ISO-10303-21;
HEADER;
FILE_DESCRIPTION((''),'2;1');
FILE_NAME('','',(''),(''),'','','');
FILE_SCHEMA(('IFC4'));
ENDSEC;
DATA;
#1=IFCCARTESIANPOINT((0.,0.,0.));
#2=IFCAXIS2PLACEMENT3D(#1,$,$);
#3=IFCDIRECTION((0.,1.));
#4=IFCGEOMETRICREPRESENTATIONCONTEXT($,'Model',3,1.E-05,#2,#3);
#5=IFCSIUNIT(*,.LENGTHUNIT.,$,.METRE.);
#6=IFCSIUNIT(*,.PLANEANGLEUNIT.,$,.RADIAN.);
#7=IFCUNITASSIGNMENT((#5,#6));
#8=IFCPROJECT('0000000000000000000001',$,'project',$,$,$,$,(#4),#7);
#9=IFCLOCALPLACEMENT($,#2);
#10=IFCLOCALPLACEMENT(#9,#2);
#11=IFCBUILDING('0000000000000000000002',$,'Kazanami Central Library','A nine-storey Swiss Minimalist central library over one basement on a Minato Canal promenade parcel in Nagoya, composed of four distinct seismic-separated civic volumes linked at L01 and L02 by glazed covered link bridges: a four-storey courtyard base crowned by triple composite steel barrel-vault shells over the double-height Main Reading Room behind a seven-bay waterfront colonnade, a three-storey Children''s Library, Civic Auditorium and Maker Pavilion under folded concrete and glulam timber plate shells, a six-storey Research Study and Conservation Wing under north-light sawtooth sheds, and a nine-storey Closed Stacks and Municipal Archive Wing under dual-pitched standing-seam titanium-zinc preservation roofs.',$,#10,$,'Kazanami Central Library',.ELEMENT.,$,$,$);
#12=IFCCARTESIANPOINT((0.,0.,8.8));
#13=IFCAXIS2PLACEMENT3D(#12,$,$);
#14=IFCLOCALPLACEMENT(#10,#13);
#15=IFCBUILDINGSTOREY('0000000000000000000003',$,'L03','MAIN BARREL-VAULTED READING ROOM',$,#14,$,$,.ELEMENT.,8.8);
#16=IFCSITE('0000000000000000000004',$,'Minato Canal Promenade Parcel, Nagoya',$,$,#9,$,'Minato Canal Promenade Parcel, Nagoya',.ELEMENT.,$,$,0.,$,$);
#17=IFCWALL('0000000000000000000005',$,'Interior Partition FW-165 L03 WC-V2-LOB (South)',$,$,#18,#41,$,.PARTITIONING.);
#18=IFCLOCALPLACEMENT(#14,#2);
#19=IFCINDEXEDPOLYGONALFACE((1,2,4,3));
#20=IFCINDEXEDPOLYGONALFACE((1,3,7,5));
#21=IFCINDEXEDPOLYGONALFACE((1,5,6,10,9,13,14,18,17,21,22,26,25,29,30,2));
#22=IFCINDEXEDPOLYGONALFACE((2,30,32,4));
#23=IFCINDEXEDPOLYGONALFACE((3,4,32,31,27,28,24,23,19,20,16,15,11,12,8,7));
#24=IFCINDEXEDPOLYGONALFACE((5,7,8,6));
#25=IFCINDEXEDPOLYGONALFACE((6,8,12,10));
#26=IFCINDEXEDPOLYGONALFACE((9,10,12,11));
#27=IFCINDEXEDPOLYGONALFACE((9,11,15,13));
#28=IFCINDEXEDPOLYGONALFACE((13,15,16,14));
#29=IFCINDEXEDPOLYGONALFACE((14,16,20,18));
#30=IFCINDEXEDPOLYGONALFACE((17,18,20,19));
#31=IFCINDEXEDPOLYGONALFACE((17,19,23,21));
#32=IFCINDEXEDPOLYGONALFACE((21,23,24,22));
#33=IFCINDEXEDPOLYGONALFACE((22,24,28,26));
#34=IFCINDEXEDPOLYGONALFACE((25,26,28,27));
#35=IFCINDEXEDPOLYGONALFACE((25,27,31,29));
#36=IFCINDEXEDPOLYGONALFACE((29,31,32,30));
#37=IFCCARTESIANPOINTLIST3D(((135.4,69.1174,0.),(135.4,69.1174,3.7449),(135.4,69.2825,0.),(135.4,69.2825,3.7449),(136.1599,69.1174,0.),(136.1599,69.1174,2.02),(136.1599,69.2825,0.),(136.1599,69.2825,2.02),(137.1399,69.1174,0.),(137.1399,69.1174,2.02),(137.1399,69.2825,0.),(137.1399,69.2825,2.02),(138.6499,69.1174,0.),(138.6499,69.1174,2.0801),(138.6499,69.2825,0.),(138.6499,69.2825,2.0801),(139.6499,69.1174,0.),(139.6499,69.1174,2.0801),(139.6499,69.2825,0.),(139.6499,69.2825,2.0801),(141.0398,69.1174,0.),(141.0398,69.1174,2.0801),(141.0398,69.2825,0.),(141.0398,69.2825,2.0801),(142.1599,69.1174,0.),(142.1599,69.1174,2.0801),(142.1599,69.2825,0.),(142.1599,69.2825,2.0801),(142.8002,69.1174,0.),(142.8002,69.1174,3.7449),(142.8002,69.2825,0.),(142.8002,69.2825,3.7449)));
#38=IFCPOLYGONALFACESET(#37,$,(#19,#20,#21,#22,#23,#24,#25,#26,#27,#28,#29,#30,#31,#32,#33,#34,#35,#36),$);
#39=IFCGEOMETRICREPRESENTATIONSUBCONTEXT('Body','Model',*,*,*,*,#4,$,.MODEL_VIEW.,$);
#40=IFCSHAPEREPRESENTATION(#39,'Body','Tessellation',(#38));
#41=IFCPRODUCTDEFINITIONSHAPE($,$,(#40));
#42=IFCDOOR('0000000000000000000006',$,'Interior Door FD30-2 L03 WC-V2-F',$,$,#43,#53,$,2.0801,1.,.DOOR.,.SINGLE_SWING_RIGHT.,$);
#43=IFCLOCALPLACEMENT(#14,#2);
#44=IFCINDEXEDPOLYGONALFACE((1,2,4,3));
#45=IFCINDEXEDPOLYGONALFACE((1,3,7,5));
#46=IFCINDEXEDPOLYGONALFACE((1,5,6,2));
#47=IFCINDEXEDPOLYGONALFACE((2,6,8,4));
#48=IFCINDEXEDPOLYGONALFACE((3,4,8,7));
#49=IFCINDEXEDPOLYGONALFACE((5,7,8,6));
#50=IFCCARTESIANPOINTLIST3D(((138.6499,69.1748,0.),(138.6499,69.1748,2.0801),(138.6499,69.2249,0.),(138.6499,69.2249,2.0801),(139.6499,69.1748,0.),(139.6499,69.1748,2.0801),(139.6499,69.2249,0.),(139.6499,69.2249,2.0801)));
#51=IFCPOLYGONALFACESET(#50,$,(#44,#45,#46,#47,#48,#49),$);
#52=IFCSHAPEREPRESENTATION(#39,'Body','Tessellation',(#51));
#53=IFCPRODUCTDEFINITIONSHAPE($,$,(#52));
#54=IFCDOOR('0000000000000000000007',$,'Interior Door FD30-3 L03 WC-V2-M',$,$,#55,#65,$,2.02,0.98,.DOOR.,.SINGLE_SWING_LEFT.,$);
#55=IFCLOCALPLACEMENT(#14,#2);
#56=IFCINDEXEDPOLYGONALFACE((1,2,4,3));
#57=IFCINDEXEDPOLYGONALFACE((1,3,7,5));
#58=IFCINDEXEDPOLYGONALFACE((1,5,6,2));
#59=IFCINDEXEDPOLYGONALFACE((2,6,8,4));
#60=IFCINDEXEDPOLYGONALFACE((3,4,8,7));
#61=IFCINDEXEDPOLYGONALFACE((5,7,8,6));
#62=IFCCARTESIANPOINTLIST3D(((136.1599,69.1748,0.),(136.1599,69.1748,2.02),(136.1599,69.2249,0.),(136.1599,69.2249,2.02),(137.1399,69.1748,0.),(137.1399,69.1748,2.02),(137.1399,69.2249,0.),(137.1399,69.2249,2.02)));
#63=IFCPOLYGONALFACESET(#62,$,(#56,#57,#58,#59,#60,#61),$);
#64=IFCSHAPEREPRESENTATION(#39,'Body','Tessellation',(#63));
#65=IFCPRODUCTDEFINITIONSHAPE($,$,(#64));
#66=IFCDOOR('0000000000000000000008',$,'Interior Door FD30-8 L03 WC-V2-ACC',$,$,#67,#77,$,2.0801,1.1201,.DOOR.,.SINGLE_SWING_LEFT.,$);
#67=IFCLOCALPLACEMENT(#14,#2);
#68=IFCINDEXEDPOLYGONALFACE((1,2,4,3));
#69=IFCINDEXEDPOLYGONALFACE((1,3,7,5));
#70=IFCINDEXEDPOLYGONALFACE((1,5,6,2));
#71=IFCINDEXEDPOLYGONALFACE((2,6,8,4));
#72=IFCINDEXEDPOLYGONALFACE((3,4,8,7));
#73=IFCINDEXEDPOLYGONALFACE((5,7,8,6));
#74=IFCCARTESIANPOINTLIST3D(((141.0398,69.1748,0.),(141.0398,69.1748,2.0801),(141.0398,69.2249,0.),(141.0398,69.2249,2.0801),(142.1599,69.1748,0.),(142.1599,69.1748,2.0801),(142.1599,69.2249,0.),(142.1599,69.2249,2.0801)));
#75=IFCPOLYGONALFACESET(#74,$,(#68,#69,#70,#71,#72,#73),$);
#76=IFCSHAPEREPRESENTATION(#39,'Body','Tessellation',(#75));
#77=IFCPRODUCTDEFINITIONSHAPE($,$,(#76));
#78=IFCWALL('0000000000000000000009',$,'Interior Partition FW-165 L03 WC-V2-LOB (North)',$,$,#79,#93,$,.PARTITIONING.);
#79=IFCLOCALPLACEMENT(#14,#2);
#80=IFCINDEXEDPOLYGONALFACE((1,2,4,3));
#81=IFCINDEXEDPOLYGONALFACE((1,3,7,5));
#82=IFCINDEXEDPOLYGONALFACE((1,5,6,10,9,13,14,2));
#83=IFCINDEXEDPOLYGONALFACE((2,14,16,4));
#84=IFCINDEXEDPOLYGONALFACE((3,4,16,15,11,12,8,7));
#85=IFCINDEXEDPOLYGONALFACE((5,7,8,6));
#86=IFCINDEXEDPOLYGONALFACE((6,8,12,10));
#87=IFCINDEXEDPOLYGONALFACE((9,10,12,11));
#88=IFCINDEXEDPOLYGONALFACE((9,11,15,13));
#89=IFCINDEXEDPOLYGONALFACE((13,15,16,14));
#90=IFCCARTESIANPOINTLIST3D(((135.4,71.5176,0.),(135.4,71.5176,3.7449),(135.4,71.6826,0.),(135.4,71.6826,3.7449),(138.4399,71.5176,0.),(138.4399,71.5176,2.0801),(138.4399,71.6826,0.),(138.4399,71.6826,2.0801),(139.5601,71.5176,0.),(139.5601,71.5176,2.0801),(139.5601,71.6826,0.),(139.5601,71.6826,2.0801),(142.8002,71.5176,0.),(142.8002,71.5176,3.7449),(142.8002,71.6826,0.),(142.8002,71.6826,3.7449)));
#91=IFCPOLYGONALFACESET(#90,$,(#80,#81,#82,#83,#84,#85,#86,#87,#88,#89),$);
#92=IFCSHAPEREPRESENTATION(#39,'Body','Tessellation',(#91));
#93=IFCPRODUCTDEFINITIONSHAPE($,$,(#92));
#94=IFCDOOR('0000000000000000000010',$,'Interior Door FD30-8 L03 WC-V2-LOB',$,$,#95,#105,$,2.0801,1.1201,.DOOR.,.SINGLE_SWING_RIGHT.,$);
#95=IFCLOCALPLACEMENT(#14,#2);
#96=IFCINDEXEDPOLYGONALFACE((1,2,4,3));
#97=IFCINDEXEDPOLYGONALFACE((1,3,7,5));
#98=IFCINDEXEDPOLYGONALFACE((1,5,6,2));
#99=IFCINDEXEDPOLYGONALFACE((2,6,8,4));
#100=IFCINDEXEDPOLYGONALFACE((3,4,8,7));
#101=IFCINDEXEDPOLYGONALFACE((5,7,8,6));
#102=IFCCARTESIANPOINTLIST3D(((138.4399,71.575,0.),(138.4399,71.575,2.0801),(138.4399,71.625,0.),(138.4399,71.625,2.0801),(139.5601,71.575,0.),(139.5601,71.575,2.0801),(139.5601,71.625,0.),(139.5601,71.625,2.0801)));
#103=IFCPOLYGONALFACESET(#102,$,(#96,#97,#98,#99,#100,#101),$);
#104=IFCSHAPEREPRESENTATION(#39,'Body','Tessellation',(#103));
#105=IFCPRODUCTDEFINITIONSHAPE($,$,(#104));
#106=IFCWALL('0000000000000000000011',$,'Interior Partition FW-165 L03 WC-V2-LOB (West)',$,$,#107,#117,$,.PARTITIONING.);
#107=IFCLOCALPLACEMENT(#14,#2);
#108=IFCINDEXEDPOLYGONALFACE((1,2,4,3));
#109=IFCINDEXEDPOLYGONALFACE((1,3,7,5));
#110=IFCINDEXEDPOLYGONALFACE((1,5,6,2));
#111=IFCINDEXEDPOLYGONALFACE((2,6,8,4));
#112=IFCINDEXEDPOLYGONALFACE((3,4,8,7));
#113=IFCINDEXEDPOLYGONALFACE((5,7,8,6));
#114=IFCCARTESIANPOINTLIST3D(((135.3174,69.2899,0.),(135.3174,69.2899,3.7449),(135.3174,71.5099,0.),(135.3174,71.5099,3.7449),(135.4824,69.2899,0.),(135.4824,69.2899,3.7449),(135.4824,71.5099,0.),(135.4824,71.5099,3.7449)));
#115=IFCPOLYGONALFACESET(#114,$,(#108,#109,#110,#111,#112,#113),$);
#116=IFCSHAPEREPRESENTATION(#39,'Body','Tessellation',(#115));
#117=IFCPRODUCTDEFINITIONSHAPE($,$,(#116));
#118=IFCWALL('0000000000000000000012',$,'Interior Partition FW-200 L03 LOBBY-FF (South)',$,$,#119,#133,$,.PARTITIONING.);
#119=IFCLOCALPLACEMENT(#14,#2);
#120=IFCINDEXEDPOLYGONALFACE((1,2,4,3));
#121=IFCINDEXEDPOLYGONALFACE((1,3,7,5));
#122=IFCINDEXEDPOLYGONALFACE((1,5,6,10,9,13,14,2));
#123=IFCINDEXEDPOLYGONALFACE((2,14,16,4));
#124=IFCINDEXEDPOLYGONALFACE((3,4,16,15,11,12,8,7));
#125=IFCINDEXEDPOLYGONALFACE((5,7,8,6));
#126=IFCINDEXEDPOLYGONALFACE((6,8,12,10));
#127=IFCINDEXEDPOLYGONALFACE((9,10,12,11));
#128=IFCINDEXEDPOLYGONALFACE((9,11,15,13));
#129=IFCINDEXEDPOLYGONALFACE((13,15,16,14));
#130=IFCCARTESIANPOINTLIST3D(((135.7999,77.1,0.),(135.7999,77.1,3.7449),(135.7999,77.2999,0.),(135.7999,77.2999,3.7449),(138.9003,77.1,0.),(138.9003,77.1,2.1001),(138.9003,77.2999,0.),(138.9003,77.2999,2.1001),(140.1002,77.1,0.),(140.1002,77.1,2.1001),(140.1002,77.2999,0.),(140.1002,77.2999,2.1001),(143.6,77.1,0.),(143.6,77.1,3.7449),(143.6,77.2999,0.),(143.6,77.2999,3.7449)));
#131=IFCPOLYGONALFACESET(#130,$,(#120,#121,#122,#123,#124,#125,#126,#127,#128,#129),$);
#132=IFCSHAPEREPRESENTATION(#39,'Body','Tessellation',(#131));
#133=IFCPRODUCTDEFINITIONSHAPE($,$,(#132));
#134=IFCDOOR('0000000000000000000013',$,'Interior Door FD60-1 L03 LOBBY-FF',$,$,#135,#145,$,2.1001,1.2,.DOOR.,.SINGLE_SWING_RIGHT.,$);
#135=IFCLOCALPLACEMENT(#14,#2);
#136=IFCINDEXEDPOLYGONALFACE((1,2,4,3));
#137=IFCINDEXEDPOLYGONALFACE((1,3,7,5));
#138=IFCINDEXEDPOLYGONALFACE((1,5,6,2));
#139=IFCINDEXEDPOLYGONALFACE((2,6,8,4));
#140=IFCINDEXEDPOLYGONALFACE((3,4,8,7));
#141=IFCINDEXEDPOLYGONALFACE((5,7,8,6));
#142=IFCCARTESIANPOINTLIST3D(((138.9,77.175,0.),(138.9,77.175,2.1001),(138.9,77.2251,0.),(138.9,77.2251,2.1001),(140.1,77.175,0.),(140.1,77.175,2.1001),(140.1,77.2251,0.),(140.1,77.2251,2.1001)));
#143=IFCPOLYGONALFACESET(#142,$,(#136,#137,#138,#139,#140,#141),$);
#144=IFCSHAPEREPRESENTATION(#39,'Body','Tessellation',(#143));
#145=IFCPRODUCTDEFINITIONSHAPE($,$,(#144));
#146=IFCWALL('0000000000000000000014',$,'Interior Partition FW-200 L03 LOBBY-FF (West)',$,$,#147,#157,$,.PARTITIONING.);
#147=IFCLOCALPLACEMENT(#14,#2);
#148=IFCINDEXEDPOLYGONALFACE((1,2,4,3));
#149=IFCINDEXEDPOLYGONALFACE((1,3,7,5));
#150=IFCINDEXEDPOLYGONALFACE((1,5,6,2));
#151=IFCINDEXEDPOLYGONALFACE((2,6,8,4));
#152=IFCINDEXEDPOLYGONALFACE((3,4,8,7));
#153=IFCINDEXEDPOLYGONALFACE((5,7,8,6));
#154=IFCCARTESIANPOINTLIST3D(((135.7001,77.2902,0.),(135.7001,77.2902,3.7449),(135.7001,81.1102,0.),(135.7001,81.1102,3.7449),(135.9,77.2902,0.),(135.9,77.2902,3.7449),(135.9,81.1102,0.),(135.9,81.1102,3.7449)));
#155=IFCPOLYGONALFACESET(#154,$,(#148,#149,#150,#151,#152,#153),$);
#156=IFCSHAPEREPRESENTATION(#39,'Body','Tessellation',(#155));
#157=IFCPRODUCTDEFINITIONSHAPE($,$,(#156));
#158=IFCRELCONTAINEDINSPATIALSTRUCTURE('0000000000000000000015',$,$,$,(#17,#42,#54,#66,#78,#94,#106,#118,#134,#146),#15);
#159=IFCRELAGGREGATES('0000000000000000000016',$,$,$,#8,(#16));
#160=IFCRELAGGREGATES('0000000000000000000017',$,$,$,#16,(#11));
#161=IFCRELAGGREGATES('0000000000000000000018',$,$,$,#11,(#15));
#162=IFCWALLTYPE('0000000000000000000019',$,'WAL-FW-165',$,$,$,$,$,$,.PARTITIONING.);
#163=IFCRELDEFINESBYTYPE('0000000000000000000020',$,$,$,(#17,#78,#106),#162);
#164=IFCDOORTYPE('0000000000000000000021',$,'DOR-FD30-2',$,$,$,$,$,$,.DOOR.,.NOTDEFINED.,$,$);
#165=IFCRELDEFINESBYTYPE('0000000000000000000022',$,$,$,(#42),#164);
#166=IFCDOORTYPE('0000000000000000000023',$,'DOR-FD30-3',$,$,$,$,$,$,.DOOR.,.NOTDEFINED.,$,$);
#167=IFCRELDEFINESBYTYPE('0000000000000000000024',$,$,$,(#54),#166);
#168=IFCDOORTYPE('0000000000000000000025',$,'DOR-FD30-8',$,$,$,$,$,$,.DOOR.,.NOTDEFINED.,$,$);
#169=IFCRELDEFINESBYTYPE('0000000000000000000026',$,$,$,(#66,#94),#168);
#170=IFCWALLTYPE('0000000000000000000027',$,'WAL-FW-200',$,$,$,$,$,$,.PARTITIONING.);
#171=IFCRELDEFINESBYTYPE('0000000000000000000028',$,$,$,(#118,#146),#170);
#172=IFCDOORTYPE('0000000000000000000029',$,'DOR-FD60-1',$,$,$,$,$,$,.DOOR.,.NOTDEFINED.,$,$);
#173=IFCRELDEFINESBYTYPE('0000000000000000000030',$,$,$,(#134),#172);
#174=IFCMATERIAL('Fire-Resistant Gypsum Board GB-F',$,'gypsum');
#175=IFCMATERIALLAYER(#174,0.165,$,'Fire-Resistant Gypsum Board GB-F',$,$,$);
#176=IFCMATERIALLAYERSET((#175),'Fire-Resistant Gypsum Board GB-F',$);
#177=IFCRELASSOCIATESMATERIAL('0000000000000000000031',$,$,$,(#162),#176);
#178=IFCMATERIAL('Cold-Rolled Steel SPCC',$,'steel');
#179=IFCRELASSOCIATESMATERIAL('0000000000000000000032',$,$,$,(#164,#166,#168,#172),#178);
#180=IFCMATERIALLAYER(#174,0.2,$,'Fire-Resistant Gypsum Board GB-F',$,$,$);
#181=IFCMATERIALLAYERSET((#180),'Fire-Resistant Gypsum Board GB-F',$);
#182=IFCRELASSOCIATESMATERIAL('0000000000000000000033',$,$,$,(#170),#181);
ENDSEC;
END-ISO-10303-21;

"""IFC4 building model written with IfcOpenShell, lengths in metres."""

from ifc_helpers import new_model, si_unit, direction, frame, frame_2d, origin, place, context, subcontext, project, spatial, rectangle, extrude, material, layer, layer_set, type_object, element, fill, save


model = new_model("IFC4")

# Units and contexts
model_context = context("Model", 3, precision=1e-05, world=origin(), true_north=direction((0.0, 1.0)))
body_context = subcontext(model_context, "Body", "Model", "MODEL_VIEW")
ifc_project = project(units=[si_unit("LENGTHUNIT", "METRE"), si_unit("PLANEANGLEUNIT", "RADIAN")], contexts=[model_context])

# Site, building, storey
site_placement = place(None, origin())
site = spatial("IfcSite", under=ifc_project, at=site_placement, Name="Minato Canal Promenade Parcel, Nagoya", LongName="Minato Canal Promenade Parcel, Nagoya", CompositionType="ELEMENT", RefElevation=0.0)
building_placement = place(site_placement, origin())
building = spatial("IfcBuilding", under=site, at=building_placement, Name="Kazanami Central Library", Description="A nine-storey Swiss Minimalist central library over one basement on a Minato Canal promenade parcel in Nagoya, composed of four distinct seismic-separated civic volumes linked at L01 and L02 by glazed covered link bridges: a four-storey courtyard base crowned by triple composite steel barrel-vault shells over the double-height Main Reading Room behind a seven-bay waterfront colonnade, a three-storey Children's Library, Civic Auditorium and Maker Pavilion under folded concrete and glulam timber plate shells, a six-storey Research Study and Conservation Wing under north-light sawtooth sheds, and a nine-storey Closed Stacks and Municipal Archive Wing under dual-pitched standing-seam titanium-zinc preservation roofs.", LongName="Kazanami Central Library", CompositionType="ELEMENT")
storey_placement = place(building_placement, frame((0.0, 0.0, 8.8)))
storey = spatial("IfcBuildingStorey", under=building, at=storey_placement, Name="L03", Description="MAIN BARREL-VAULTED READING ROOM", CompositionType="ELEMENT", Elevation=8.8)

# Wall, openings, doors
ifc_material_1 = material(Name="Fire-Resistant Gypsum Board GB-F", Category="gypsum")
ifc_layer_1 = layer(ifc_material_1, 0.165, Name="Fire-Resistant Gypsum Board GB-F")
ifc_layer_set_1 = layer_set([ifc_layer_1], Name="Fire-Resistant Gypsum Board GB-F")
wall_type_1 = type_object("IfcWallType", Name="WAL-FW-165", PredefinedType="PARTITIONING", material=ifc_layer_set_1)
wall_1_placement = place(storey_placement, frame((135.3999, 69.2, 0.0), z_axis=(0.0, 0.0, 1.0), x_axis=(1.0, 0.0, 0.0)))
wall_1 = element("IfcWall", 1, at=wall_1_placement, inside=storey, type_object=wall_type_1, Name="Interior Partition FW-165 L03 WC-V2-LOB (South)", PredefinedType="PARTITIONING", context=body_context, shape_type="SweptSolid", body=[
    extrude(rectangle(XDim=7.4001, YDim=0.165, at=frame_2d((3.7002, 0.0))), origin(), (0.0, 0.0, 1.0), 3.7449),
])
opening_1_placement = place(wall_1_placement, frame((0.76, 0.0, 0.0)))
opening_1 = element("IfcOpeningElement", 2, at=opening_1_placement, cuts=wall_1, PredefinedType="OPENING", context=body_context, shape_type="SweptSolid", body=[
    extrude(rectangle(XDim=0.98, YDim=2.02, at=frame_2d((0.49, 1.01))), frame((0.0, 0.0945, 0.0), z_axis=(0.0, -1.0, 0.0), x_axis=(1.0, 0.0, 0.0)), (0.0, 0.0, 1.0), 0.189),
])
opening_2_placement = place(wall_1_placement, frame((3.25, 0.0, 0.0)))
opening_2 = element("IfcOpeningElement", 3, at=opening_2_placement, cuts=wall_1, PredefinedType="OPENING", context=body_context, shape_type="SweptSolid", body=[
    extrude(rectangle(XDim=1.0, YDim=2.0801, at=frame_2d((0.5, 1.04))), frame((0.0, 0.0945, 0.0), z_axis=(0.0, -1.0, 0.0), x_axis=(1.0, 0.0, 0.0)), (0.0, 0.0, 1.0), 0.189),
])
opening_3_placement = place(wall_1_placement, frame((5.6399, 0.0, 0.0)))
opening_3 = element("IfcOpeningElement", 4, at=opening_3_placement, cuts=wall_1, PredefinedType="OPENING", context=body_context, shape_type="SweptSolid", body=[
    extrude(rectangle(XDim=1.1201, YDim=2.0801, at=frame_2d((0.5601, 1.04))), frame((0.0, 0.0945, 0.0), z_axis=(0.0, -1.0, 0.0), x_axis=(1.0, 0.0, 0.0)), (0.0, 0.0, 1.0), 0.189),
])
ifc_material_2 = material(Name="Cold-Rolled Steel SPCC", Category="steel")
door_type_1 = type_object("IfcDoorType", Name="DOR-FD30-2", OperationType="NOTDEFINED", PredefinedType="DOOR", material=ifc_material_2)
door_1_placement = place(opening_2_placement, origin())
door_1 = element("IfcDoor", 5, at=door_1_placement, inside=storey, type_object=door_type_1, Name="Interior Door FD30-2 L03 WC-V2-F", OperationType="SINGLE_SWING_RIGHT", OverallHeight=2.0801, OverallWidth=1.0, PredefinedType="DOOR", context=body_context, shape_type="SweptSolid", body=[
    extrude(rectangle(XDim=1.0, YDim=2.0801, at=frame_2d((0.5, 1.04))), frame((0.0, 0.0249, 0.0), z_axis=(0.0, -1.0, 0.0), x_axis=(1.0, 0.0, 0.0)), (0.0, 0.0, 1.0), 0.05),
])
fill(opening_2, door_1)
door_type_2 = type_object("IfcDoorType", Name="DOR-FD30-3", OperationType="NOTDEFINED", PredefinedType="DOOR", material=ifc_material_2)
door_2_placement = place(opening_1_placement, origin())
door_2 = element("IfcDoor", 6, at=door_2_placement, inside=storey, type_object=door_type_2, Name="Interior Door FD30-3 L03 WC-V2-M", OperationType="SINGLE_SWING_LEFT", OverallHeight=2.02, OverallWidth=0.98, PredefinedType="DOOR", context=body_context, shape_type="SweptSolid", body=[
    extrude(rectangle(XDim=0.98, YDim=2.02, at=frame_2d((0.49, 1.01))), frame((0.0, 0.0249, 0.0), z_axis=(0.0, -1.0, 0.0), x_axis=(1.0, 0.0, 0.0)), (0.0, 0.0, 1.0), 0.05),
])
fill(opening_1, door_2)
door_type_3 = type_object("IfcDoorType", Name="DOR-FD30-8", OperationType="NOTDEFINED", PredefinedType="DOOR", material=ifc_material_2)
door_3_placement = place(opening_3_placement, origin())
door_3 = element("IfcDoor", 7, at=door_3_placement, inside=storey, type_object=door_type_3, Name="Interior Door FD30-8 L03 WC-V2-ACC", OperationType="SINGLE_SWING_LEFT", OverallHeight=2.0801, OverallWidth=1.1201, PredefinedType="DOOR", context=body_context, shape_type="SweptSolid", body=[
    extrude(rectangle(XDim=1.1201, YDim=2.0801, at=frame_2d((0.5601, 1.04))), frame((0.0, 0.0249, 0.0), z_axis=(0.0, -1.0, 0.0), x_axis=(1.0, 0.0, 0.0)), (0.0, 0.0, 1.0), 0.05),
])
fill(opening_3, door_3)

# Wall, opening, door
wall_2_placement = place(storey_placement, frame((135.3999, 71.6001, 0.0), z_axis=(0.0, 0.0, 1.0), x_axis=(1.0, 0.0, 0.0)))
wall_2 = element("IfcWall", 8, at=wall_2_placement, inside=storey, type_object=wall_type_1, Name="Interior Partition FW-165 L03 WC-V2-LOB (North)", PredefinedType="PARTITIONING", context=body_context, shape_type="SweptSolid", body=[
    extrude(rectangle(XDim=7.4001, YDim=0.165, at=frame_2d((3.7002, 0.0))), origin(), (0.0, 0.0, 1.0), 3.7449),
])
opening_4_placement = place(wall_2_placement, frame((3.04, 0.0, 0.0)))
opening_4 = element("IfcOpeningElement", 9, at=opening_4_placement, cuts=wall_2, PredefinedType="OPENING", context=body_context, shape_type="SweptSolid", body=[
    extrude(rectangle(XDim=1.1201, YDim=2.0801, at=frame_2d((0.5601, 1.04))), frame((0.0, 0.0945, 0.0), z_axis=(0.0, -1.0, 0.0), x_axis=(1.0, 0.0, 0.0)), (0.0, 0.0, 1.0), 0.189),
])
door_4_placement = place(opening_4_placement, origin())
door_4 = element("IfcDoor", 10, at=door_4_placement, inside=storey, type_object=door_type_3, Name="Interior Door FD30-8 L03 WC-V2-LOB", OperationType="SINGLE_SWING_RIGHT", OverallHeight=2.0801, OverallWidth=1.1201, PredefinedType="DOOR", context=body_context, shape_type="SweptSolid", body=[
    extrude(rectangle(XDim=1.1201, YDim=2.0801, at=frame_2d((0.5601, 1.04))), frame((0.0, 0.0249, 0.0), z_axis=(0.0, -1.0, 0.0), x_axis=(1.0, 0.0, 0.0)), (0.0, 0.0, 1.0), 0.05),
])
fill(opening_4, door_4)

# Wall
wall_3_placement = place(storey_placement, frame((135.3999, 69.29, 0.0), z_axis=(0.0, 0.0, 1.0), x_axis=(0.0, 1.0, 0.0)))
element("IfcWall", 11, at=wall_3_placement, inside=storey, type_object=wall_type_1, Name="Interior Partition FW-165 L03 WC-V2-LOB (West)", PredefinedType="PARTITIONING", context=body_context, shape_type="SweptSolid", body=[
    extrude(rectangle(XDim=2.22, YDim=0.165, at=frame_2d((1.1099, 0.0))), origin(), (0.0, 0.0, 1.0), 3.7449),
])

# Wall, opening, door
ifc_layer_2 = layer(ifc_material_1, 0.2, Name="Fire-Resistant Gypsum Board GB-F")
ifc_layer_set_2 = layer_set([ifc_layer_2], Name="Fire-Resistant Gypsum Board GB-F")
wall_type_2 = type_object("IfcWallType", Name="WAL-FW-200", PredefinedType="PARTITIONING", material=ifc_layer_set_2)
wall_4_placement = place(storey_placement, frame((135.8, 77.2, 0.0), z_axis=(0.0, 0.0, 1.0), x_axis=(1.0, 0.0, 0.0)))
wall_4 = element("IfcWall", 12, at=wall_4_placement, inside=storey, type_object=wall_type_2, Name="Interior Partition FW-200 L03 LOBBY-FF (South)", PredefinedType="PARTITIONING", context=body_context, shape_type="SweptSolid", body=[
    extrude(rectangle(XDim=7.8, YDim=0.2, at=frame_2d((3.8999, 0.0))), origin(), (0.0, 0.0, 1.0), 3.7449),
])
opening_5_placement = place(wall_4_placement, frame((3.1001, 0.0, 0.0)))
opening_5 = element("IfcOpeningElement", 13, at=opening_5_placement, cuts=wall_4, PredefinedType="OPENING", context=body_context, shape_type="SweptSolid", body=[
    extrude(rectangle(XDim=1.2, YDim=2.1001, at=frame_2d((0.6001, 1.05))), frame((0.0, 0.1118, 0.0), z_axis=(0.0, -1.0, 0.0), x_axis=(1.0, 0.0, 0.0)), (0.0, 0.0, 1.0), 0.2239),
])
door_type_4 = type_object("IfcDoorType", Name="DOR-FD60-1", OperationType="NOTDEFINED", PredefinedType="DOOR", material=ifc_material_2)
door_5_placement = place(opening_5_placement, frame((1.2, 0.0, 0.0), z_axis=(0.0, 0.0, 1.0), x_axis=(-1.0, 0.0, 0.0)))
door_5 = element("IfcDoor", 14, at=door_5_placement, inside=storey, type_object=door_type_4, Name="Interior Door FD60-1 L03 LOBBY-FF", OperationType="SINGLE_SWING_RIGHT", OverallHeight=2.1001, OverallWidth=1.2, PredefinedType="DOOR", context=body_context, shape_type="SweptSolid", body=[
    extrude(rectangle(XDim=1.2, YDim=2.1001, at=frame_2d((0.6001, 1.05))), frame((0.0, 0.0249, 0.0), z_axis=(0.0, -1.0, 0.0), x_axis=(1.0, 0.0, 0.0)), (0.0, 0.0, 1.0), 0.05),
])
fill(opening_5, door_5)

# Wall
wall_5_placement = place(storey_placement, frame((135.8, 77.29, 0.0), z_axis=(0.0, 0.0, 1.0), x_axis=(0.0, 1.0, 0.0)))
element("IfcWall", 15, at=wall_5_placement, inside=storey, type_object=wall_type_2, Name="Interior Partition FW-200 L03 LOBBY-FF (West)", PredefinedType="PARTITIONING", context=body_context, shape_type="SweptSolid", body=[
    extrude(rectangle(XDim=3.8201, YDim=0.2, at=frame_2d((1.9102, 0.0))), origin(), (0.0, 0.0, 1.0), 3.7449),
])

save(model, "model.ifc")
